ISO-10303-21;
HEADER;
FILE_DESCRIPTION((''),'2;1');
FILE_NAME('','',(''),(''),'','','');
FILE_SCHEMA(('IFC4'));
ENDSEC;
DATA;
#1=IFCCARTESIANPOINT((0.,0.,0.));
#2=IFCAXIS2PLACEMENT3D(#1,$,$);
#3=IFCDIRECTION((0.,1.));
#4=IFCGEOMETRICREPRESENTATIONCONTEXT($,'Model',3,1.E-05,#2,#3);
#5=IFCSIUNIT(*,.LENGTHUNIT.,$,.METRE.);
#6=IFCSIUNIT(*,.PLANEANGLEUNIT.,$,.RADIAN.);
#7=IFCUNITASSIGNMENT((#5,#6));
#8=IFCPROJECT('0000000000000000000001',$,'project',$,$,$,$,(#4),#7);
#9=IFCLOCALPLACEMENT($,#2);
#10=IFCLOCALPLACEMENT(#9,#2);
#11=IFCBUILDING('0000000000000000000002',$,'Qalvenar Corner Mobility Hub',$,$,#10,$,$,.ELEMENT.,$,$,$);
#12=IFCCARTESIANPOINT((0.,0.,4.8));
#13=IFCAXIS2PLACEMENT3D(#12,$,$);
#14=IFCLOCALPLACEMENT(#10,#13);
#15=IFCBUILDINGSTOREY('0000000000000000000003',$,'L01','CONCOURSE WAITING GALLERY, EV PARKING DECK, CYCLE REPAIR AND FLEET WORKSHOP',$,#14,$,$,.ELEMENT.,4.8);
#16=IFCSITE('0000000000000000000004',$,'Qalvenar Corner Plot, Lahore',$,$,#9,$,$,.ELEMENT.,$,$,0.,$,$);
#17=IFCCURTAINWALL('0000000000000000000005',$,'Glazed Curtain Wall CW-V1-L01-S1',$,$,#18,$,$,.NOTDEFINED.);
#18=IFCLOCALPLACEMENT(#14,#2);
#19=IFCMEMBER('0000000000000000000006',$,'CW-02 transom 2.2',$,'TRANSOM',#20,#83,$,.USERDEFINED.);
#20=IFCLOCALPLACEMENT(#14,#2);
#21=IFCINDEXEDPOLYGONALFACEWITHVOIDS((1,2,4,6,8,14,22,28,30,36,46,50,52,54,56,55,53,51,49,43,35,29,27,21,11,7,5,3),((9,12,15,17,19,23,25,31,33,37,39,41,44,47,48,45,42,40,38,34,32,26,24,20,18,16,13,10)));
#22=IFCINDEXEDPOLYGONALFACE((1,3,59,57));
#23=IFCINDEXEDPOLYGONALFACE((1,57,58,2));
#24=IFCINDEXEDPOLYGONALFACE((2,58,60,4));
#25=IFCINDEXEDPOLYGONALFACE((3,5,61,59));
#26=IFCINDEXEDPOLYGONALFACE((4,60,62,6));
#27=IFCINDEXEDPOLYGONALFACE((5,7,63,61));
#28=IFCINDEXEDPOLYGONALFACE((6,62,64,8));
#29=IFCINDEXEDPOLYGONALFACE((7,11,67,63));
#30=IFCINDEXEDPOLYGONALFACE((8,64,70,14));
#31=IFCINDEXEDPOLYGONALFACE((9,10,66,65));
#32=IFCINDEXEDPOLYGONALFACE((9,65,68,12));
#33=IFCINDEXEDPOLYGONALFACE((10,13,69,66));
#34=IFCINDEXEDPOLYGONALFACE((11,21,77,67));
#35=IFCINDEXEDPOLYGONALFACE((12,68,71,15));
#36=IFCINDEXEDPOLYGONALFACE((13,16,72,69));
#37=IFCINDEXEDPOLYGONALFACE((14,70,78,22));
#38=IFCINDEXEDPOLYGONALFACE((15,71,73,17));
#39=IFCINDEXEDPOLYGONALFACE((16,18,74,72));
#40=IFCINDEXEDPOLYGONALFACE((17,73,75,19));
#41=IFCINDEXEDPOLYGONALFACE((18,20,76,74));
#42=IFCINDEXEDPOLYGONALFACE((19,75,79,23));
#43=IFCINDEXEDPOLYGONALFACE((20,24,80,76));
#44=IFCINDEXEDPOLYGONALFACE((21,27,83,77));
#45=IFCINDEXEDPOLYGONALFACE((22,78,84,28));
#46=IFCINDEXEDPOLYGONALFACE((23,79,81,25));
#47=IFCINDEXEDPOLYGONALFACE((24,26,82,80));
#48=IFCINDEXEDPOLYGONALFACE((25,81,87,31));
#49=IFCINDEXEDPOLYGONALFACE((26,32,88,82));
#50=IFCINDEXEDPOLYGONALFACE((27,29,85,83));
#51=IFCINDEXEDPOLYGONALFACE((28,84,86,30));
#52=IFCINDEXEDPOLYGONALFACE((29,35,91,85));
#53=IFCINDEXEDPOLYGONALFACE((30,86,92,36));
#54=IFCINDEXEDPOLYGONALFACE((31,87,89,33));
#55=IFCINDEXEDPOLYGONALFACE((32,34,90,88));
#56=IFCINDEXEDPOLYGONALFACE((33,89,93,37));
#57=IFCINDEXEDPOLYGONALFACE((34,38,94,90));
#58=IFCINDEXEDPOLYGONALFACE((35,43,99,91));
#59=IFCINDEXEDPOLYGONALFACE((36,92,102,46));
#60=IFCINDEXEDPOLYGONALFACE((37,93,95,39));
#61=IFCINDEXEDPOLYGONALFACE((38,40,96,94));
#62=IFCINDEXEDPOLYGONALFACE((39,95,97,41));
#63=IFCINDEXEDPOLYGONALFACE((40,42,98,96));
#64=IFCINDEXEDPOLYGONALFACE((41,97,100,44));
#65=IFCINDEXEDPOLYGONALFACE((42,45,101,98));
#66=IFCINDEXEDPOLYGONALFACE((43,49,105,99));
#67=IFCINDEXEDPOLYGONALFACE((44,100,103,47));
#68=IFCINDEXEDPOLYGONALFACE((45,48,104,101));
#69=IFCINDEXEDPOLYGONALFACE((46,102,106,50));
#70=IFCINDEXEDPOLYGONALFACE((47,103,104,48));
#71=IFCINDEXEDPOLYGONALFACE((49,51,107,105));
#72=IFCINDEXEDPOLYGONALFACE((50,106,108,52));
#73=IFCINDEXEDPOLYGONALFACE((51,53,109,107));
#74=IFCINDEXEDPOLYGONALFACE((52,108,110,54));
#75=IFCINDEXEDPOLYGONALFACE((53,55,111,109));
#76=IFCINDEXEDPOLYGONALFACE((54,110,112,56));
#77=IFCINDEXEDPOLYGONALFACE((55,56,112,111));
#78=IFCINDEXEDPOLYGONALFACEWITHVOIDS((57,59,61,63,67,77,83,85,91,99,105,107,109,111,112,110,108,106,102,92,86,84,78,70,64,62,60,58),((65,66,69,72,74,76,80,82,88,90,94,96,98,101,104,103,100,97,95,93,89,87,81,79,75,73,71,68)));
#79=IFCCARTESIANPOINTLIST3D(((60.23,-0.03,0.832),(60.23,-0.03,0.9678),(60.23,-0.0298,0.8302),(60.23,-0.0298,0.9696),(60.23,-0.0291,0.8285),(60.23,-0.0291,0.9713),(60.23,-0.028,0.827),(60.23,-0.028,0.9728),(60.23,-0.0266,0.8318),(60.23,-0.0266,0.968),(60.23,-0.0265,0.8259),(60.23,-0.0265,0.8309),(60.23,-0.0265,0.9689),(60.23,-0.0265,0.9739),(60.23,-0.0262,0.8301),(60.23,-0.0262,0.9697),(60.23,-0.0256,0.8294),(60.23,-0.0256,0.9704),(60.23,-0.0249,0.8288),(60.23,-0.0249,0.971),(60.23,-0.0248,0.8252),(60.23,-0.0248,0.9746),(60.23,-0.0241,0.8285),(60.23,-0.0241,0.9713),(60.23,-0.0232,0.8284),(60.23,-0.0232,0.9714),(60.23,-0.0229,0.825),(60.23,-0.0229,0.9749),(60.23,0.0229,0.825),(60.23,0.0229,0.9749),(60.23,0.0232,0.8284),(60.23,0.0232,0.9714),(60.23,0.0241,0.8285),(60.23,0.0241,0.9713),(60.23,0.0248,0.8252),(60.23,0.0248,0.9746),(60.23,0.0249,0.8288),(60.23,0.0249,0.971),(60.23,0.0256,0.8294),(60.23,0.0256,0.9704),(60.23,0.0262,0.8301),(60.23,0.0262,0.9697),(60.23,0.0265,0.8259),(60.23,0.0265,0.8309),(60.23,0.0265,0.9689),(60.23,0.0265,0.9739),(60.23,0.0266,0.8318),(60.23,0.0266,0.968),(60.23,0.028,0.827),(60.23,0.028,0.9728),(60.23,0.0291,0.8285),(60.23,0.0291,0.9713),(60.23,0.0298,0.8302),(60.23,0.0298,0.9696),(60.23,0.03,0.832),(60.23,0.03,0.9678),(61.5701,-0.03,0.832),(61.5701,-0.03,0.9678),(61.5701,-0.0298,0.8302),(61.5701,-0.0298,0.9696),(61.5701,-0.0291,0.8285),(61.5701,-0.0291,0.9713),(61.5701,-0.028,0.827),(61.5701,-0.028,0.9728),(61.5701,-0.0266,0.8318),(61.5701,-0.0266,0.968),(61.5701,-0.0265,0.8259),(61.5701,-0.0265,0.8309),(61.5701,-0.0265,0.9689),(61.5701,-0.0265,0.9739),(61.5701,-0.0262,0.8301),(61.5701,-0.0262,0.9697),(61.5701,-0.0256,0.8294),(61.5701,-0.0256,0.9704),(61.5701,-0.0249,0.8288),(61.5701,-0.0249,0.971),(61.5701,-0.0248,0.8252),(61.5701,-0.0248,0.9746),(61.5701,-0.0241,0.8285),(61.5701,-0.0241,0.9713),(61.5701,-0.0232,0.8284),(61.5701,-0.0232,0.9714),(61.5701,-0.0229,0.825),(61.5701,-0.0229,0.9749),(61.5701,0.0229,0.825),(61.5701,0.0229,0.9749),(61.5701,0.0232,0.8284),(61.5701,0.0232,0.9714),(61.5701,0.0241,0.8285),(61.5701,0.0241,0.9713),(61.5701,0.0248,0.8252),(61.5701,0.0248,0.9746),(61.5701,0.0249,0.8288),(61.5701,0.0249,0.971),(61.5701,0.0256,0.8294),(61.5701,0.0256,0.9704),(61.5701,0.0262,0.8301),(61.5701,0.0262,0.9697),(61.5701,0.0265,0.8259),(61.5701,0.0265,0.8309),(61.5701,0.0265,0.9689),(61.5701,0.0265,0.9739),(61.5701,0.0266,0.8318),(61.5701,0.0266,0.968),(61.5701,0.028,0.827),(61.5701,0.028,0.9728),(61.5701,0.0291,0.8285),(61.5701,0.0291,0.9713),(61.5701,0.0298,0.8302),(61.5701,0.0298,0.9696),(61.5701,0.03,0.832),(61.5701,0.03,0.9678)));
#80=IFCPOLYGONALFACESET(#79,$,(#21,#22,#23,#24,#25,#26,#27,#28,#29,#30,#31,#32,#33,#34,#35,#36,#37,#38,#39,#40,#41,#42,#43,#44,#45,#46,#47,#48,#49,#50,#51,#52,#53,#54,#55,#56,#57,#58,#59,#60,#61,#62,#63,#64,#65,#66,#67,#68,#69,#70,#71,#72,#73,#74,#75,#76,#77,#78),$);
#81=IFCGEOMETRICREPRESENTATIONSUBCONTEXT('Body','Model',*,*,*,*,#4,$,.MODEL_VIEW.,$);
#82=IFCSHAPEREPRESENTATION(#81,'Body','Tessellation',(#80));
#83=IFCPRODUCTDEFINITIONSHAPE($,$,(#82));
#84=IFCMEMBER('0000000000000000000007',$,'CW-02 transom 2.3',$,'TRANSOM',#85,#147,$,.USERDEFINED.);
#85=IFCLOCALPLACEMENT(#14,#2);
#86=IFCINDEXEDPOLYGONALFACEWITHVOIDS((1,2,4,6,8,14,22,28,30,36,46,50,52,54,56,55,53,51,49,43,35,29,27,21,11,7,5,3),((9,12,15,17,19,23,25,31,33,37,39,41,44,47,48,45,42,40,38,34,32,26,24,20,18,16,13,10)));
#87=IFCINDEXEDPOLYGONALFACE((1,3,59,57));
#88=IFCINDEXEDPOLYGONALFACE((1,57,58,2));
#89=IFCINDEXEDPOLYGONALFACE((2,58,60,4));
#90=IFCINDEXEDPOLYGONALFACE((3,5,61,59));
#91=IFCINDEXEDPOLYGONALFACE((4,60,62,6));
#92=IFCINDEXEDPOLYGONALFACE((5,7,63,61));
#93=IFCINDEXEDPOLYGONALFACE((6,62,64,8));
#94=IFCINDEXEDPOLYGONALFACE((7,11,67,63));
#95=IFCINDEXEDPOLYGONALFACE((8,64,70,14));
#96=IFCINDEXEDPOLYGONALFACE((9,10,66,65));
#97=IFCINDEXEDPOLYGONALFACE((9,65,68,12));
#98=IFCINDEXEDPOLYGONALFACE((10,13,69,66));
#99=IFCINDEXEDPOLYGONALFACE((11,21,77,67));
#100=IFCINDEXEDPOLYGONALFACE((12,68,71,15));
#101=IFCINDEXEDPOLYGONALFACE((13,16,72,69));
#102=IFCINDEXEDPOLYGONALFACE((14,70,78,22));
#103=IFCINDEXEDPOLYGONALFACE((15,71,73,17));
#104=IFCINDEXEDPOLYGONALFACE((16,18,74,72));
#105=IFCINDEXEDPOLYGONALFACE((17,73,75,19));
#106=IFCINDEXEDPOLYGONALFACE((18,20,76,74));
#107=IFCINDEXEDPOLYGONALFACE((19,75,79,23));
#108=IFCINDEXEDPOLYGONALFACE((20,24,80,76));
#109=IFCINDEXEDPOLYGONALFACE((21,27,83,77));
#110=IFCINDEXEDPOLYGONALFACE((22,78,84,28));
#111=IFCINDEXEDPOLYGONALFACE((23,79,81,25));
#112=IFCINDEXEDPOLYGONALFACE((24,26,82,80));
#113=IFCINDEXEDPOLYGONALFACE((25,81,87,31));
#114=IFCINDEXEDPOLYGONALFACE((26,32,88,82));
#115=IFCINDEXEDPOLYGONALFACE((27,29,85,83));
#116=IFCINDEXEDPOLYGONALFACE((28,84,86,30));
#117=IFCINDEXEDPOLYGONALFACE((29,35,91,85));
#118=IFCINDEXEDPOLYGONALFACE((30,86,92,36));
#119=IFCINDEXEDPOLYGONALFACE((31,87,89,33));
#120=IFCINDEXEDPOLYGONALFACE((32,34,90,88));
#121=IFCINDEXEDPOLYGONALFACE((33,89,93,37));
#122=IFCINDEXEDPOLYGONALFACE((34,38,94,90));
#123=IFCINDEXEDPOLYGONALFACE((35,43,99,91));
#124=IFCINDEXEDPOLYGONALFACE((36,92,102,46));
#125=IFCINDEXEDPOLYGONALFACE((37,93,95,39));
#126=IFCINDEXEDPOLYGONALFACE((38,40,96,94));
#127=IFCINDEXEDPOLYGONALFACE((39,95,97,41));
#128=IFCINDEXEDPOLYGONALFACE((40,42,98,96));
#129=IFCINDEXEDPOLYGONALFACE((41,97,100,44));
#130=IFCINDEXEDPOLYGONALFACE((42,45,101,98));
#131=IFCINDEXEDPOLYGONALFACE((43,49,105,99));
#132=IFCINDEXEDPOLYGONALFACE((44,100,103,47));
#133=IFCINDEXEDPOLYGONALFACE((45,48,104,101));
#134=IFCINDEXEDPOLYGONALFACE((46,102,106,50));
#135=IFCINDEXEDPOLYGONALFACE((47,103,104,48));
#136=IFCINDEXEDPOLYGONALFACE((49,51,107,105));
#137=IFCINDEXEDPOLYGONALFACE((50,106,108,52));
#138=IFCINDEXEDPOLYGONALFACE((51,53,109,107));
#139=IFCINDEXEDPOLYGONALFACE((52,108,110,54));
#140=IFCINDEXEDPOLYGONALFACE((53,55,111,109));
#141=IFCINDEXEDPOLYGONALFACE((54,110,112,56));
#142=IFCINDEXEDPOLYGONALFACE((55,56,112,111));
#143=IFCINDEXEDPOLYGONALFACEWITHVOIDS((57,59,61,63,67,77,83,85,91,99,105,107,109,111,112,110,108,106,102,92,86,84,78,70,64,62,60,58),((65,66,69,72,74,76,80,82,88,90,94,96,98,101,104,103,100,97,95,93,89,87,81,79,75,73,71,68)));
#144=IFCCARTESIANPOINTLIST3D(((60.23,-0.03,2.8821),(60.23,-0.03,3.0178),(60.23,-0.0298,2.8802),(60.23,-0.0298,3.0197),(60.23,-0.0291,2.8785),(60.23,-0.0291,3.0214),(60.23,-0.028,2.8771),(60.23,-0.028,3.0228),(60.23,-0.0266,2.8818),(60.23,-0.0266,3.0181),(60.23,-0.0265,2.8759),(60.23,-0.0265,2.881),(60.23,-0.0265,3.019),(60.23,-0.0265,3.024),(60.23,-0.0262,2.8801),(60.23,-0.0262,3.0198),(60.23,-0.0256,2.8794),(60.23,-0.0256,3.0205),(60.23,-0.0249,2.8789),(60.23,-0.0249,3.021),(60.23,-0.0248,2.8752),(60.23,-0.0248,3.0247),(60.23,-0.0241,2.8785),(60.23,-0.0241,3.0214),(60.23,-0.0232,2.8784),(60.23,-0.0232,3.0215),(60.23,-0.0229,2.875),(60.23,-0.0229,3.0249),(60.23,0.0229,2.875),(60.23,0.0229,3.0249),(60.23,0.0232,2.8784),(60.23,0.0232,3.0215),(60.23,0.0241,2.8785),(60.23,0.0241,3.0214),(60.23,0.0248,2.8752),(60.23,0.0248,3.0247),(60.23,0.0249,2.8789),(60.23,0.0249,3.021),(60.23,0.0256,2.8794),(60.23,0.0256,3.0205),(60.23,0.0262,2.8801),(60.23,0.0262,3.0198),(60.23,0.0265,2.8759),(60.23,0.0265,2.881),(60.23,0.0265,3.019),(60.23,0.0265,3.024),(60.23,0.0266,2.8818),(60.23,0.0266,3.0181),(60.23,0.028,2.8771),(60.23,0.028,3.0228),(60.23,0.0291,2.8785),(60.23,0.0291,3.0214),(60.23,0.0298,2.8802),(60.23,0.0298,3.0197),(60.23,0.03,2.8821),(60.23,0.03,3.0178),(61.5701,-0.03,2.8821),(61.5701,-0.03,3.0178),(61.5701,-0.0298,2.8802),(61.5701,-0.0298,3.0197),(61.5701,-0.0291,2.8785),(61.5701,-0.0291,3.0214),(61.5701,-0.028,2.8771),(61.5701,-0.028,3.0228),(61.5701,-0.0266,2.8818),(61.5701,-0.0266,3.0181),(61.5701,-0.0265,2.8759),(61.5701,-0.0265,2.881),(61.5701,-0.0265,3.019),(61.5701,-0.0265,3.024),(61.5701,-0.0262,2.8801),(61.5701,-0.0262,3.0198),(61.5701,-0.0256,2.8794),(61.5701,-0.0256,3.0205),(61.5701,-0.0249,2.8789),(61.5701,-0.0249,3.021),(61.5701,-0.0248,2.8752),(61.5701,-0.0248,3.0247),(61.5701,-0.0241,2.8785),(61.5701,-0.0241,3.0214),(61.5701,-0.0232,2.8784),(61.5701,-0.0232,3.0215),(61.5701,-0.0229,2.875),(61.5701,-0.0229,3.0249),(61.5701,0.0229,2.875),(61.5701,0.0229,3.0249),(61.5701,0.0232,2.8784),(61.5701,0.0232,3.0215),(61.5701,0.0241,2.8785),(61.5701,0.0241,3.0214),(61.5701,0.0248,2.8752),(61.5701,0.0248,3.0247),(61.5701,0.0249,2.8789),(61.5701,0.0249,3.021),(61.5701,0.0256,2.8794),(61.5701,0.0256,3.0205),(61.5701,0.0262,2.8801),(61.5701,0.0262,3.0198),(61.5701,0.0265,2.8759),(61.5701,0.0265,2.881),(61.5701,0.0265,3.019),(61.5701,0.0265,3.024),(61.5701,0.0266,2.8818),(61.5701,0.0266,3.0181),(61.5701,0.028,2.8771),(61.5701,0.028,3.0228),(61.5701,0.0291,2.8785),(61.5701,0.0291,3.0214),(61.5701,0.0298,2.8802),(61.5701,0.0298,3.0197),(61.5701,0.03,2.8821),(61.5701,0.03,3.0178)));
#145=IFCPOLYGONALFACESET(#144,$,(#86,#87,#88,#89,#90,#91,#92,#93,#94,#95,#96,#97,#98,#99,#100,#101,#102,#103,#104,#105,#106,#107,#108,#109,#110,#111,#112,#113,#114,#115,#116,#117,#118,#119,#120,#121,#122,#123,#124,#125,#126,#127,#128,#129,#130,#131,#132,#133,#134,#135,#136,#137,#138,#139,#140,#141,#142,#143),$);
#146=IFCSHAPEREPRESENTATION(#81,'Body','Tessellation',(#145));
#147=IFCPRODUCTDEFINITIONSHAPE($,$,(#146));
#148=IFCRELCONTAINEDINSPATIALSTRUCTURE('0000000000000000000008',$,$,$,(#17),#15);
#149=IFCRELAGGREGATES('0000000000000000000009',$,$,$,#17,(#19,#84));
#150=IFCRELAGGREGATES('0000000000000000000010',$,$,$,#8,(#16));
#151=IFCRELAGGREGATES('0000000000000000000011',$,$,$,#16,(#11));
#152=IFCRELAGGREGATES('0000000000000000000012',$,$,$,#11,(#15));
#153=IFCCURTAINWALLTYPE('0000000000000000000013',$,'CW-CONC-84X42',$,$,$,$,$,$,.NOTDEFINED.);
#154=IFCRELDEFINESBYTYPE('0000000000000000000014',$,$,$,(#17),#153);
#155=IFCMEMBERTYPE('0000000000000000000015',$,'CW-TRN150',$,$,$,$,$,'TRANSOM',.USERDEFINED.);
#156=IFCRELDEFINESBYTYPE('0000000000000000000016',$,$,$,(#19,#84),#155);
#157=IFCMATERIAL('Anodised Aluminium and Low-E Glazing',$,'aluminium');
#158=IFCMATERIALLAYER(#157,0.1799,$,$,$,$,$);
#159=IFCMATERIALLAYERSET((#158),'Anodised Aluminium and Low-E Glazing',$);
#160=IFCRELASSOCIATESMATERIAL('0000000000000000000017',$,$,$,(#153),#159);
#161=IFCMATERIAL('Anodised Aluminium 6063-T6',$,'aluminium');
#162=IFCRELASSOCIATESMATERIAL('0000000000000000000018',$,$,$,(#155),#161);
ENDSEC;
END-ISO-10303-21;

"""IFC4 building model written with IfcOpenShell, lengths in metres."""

from ifc_helpers import new_model, si_unit, direction, frame, origin, origin_2d, place, context, subcontext, project, spatial, hollow_rectangle, extrude, material, layer, layer_set, material_profile, profile_set, type_object, element, aggregate, save


model = new_model("IFC4")

# Units and contexts
model_context = context("Model", 3, precision=1e-05, world=origin(), true_north=direction((0.0, 1.0)))
body_context = subcontext(model_context, "Body", "Model", "MODEL_VIEW")
ifc_project = project(units=[si_unit("LENGTHUNIT", "METRE"), si_unit("PLANEANGLEUNIT", "RADIAN")], contexts=[model_context])

# Site, building, storey
site_placement = place(None, origin())
site = spatial("IfcSite", under=ifc_project, at=site_placement, Name="Qalvenar Corner Plot, Lahore", CompositionType="ELEMENT", RefElevation=0.0)
building_placement = place(site_placement, origin())
building = spatial("IfcBuilding", under=site, at=building_placement, Name="Qalvenar Corner Mobility Hub", CompositionType="ELEMENT")
storey_placement = place(building_placement, frame((0.0, 0.0, 4.8)))
storey = spatial("IfcBuildingStorey", under=building, at=storey_placement, Name="L01", Description="CONCOURSE WAITING GALLERY, EV PARKING DECK, CYCLE REPAIR AND FLEET WORKSHOP", CompositionType="ELEMENT", Elevation=4.8)

# Curtain wall, members
ifc_material_1 = material(Name="Anodised Aluminium and Low-E Glazing", Category="aluminium")
ifc_layer_1 = layer(ifc_material_1, 0.1799)
ifc_layer_set_1 = layer_set([ifc_layer_1], Name="Anodised Aluminium and Low-E Glazing")
curtain_wall_type = type_object("IfcCurtainWallType", Name="CW-CONC-84X42", PredefinedType="NOTDEFINED", material=ifc_layer_set_1)
curtain_wall_placement = place(storey_placement, origin())
curtain_wall = element("IfcCurtainWall", 1, at=curtain_wall_placement, inside=storey, type_object=curtain_wall_type, Name="Glazed Curtain Wall CW-V1-L01-S1", PredefinedType="NOTDEFINED")
ifc_material_2 = material(Name="Anodised Aluminium 6063-T6", Category="aluminium")
ifc_material_profile_1 = material_profile(ifc_material_2, hollow_rectangle(XDim=0.0601, YDim=0.1499, WallThickness=0.0034, InnerFilletRadius=0.0034, OuterFilletRadius=0.0071, at=origin_2d()), Name="RHS150x60x3.5")
ifc_profile_set_1 = profile_set([ifc_material_profile_1], Name="Anodised Aluminium 6063-T6")
member_type_1 = type_object("IfcMemberType", Name="CW-TRN150", ElementType="TRANSOM", PredefinedType="USERDEFINED", material=ifc_profile_set_1)
member_1_placement = place(storey_placement, frame((60.23, 0.0, 0.8999), z_axis=(1.0, 0.0, 0.0), x_axis=(0.0, 1.0, 0.0)))
member_1 = element("IfcMember", 2, at=member_1_placement, type_object=member_type_1, Name="CW-02 transom 2.2", ObjectType="TRANSOM", PredefinedType="USERDEFINED", context=body_context, shape_type="SweptSolid", body=[
    extrude(hollow_rectangle(XDim=0.0601, YDim=0.1499, WallThickness=0.0034, InnerFilletRadius=0.0034, OuterFilletRadius=0.0071, at=origin_2d()), origin(), (0.0, 0.0, 1.0), 1.3401),
])
member_2_placement = place(storey_placement, frame((60.23, 0.0, 2.95), z_axis=(1.0, 0.0, 0.0), x_axis=(0.0, 1.0, 0.0)))
member_2 = element("IfcMember", 3, at=member_2_placement, type_object=member_type_1, Name="CW-02 transom 2.3", ObjectType="TRANSOM", PredefinedType="USERDEFINED", context=body_context, shape_type="SweptSolid", body=[
    extrude(hollow_rectangle(XDim=0.0601, YDim=0.1499, WallThickness=0.0034, InnerFilletRadius=0.0034, OuterFilletRadius=0.0071, at=origin_2d()), origin(), (0.0, 0.0, 1.0), 1.3401),
])
aggregate(curtain_wall, [member_1, member_2])

save(model, "model.ifc")
